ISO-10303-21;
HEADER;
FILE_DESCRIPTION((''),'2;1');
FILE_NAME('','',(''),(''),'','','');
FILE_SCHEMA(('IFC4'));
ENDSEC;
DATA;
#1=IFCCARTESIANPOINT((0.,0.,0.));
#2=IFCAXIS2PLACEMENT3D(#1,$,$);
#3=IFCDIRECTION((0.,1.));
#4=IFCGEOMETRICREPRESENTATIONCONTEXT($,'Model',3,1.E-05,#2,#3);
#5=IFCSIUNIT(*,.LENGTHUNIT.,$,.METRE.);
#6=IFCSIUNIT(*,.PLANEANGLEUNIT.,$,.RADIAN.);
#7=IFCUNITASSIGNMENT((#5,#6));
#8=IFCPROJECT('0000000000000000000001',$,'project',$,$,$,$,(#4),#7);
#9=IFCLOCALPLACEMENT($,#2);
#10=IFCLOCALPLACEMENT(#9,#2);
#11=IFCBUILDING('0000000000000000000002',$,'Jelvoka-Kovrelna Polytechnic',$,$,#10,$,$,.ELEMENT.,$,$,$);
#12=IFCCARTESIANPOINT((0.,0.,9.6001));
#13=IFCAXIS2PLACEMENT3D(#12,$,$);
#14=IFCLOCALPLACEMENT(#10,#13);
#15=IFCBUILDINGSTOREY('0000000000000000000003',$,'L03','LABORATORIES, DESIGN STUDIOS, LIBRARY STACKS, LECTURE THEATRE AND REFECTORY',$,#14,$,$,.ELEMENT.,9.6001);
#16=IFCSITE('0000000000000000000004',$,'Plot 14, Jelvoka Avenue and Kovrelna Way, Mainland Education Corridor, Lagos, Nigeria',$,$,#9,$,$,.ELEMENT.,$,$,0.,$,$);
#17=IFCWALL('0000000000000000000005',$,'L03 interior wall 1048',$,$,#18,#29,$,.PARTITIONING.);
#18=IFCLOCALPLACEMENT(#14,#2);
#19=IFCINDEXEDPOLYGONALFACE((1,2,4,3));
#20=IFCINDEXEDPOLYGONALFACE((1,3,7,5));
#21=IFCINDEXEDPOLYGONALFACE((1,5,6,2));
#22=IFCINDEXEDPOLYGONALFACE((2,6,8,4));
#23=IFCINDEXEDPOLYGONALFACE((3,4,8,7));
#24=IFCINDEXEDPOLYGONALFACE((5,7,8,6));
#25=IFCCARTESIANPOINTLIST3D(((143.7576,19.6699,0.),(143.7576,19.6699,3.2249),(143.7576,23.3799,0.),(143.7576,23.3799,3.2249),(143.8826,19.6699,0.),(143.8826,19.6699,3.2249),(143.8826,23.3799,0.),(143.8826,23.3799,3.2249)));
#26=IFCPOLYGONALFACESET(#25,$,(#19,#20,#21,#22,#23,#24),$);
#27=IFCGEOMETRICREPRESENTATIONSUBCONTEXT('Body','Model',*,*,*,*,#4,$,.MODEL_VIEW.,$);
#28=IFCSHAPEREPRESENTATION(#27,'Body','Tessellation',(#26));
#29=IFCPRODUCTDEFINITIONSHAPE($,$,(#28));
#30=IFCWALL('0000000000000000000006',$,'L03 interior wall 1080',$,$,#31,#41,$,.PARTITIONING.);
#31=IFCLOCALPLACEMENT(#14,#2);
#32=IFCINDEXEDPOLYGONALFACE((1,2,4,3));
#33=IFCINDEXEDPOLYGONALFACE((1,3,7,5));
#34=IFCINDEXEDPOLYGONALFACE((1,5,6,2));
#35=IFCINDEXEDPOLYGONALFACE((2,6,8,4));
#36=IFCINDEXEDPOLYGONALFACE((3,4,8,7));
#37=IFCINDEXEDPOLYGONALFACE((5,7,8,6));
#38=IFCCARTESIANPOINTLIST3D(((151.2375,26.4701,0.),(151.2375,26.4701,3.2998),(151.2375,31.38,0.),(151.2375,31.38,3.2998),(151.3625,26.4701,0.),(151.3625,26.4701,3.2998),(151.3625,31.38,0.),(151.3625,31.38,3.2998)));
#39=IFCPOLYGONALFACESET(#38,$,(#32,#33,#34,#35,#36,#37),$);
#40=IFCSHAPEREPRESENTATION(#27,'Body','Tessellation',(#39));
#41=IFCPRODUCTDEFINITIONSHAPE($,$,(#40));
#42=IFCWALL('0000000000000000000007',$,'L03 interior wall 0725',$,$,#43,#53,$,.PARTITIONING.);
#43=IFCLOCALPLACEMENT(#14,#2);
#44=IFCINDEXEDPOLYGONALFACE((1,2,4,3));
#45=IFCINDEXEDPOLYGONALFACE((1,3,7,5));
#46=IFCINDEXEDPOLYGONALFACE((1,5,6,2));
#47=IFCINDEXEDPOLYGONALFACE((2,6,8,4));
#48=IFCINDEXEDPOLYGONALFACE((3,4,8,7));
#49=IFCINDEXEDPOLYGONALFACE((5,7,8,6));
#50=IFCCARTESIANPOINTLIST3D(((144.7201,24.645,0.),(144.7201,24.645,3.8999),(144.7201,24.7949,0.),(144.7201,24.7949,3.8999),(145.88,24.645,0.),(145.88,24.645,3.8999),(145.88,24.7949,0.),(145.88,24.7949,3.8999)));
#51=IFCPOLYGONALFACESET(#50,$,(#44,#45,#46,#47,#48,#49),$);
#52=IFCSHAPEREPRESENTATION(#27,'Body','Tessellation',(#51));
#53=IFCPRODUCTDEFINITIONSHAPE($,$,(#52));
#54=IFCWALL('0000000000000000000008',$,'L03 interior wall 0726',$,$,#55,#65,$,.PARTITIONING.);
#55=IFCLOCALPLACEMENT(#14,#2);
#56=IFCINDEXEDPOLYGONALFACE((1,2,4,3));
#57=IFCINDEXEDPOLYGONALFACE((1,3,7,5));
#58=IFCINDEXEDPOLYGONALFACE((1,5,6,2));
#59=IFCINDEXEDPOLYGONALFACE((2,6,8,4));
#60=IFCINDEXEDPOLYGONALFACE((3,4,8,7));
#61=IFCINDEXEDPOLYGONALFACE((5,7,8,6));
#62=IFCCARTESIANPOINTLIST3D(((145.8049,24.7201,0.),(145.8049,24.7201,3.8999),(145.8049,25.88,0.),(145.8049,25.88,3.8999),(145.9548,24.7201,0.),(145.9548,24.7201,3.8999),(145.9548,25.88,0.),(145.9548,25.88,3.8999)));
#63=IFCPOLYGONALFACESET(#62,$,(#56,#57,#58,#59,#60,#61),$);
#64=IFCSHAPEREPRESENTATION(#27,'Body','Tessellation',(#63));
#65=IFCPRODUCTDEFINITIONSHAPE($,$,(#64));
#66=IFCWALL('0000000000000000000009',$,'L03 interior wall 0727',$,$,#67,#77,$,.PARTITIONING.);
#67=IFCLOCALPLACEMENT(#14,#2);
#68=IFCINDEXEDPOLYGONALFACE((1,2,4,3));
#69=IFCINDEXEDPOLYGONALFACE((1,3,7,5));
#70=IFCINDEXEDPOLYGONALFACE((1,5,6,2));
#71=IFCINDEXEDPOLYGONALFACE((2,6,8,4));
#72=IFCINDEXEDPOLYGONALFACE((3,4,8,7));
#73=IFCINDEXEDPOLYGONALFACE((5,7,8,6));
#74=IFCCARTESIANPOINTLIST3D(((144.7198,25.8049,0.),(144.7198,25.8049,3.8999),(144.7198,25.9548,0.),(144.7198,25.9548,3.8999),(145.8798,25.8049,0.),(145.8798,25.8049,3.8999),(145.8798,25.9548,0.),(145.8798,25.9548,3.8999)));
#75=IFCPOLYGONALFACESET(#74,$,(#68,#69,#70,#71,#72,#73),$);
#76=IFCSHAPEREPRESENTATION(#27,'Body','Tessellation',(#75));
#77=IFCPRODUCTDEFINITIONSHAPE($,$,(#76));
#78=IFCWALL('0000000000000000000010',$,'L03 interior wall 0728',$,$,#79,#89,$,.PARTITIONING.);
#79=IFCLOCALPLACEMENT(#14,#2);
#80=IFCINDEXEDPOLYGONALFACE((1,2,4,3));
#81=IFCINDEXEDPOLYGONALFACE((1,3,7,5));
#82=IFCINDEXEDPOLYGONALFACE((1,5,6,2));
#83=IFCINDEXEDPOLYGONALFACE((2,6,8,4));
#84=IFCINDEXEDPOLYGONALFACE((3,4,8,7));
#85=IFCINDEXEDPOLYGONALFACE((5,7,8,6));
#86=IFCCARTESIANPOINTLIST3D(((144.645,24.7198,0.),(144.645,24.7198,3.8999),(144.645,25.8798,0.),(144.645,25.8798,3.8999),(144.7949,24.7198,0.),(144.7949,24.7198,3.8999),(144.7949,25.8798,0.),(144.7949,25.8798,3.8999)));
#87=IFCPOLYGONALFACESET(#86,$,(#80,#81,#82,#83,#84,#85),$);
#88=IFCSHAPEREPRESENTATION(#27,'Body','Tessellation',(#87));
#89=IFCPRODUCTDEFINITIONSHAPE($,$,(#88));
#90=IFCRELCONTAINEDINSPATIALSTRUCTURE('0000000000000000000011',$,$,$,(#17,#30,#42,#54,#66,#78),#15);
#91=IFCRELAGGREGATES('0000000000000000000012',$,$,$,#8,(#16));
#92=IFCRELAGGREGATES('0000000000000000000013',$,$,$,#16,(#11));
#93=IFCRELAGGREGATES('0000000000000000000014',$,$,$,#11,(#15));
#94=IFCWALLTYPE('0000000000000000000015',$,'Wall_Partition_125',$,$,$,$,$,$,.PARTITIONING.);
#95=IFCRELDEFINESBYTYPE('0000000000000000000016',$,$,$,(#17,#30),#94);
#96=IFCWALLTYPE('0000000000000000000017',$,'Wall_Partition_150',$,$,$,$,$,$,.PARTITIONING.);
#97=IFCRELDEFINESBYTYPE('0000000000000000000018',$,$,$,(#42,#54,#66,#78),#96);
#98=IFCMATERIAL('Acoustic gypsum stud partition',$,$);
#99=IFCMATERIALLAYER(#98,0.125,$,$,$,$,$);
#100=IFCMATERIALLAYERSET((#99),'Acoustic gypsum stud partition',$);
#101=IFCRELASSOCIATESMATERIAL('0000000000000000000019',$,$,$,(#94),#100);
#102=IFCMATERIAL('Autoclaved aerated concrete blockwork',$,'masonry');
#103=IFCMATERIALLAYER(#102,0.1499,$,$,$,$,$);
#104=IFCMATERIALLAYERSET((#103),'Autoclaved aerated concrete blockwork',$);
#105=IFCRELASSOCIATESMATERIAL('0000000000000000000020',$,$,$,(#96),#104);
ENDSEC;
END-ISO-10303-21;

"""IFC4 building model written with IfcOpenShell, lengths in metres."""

from ifc_helpers import new_model, si_unit, direction, frame, frame_2d, origin, place, context, subcontext, project, spatial, rectangle, extrude, material, layer, layer_set, type_object, element, save


model = new_model("IFC4")

# Units and contexts
model_context = context("Model", 3, precision=1e-05, world=origin(), true_north=direction((0.0, 1.0)))
body_context = subcontext(model_context, "Body", "Model", "MODEL_VIEW")
ifc_project = project(units=[si_unit("LENGTHUNIT", "METRE"), si_unit("PLANEANGLEUNIT", "RADIAN")], contexts=[model_context])

# Site, building, storey
site_placement = place(None, origin())
site = spatial("IfcSite", under=ifc_project, at=site_placement, Name="Plot 14, Jelvoka Avenue and Kovrelna Way, Mainland Education Corridor, Lagos, Nigeria", CompositionType="ELEMENT", RefElevation=0.0)
building_placement = place(site_placement, origin())
building = spatial("IfcBuilding", under=site, at=building_placement, Name="Jelvoka-Kovrelna Polytechnic", CompositionType="ELEMENT")
storey_placement = place(building_placement, frame((0.0, 0.0, 9.6001)))
storey = spatial("IfcBuildingStorey", under=building, at=storey_placement, Name="L03", Description="LABORATORIES, DESIGN STUDIOS, LIBRARY STACKS, LECTURE THEATRE AND REFECTORY", CompositionType="ELEMENT", Elevation=9.6001)

# Walls
ifc_material_1 = material(Name="Acoustic gypsum stud partition")
ifc_layer_1 = layer(ifc_material_1, 0.125)
ifc_layer_set_1 = layer_set([ifc_layer_1], Name="Acoustic gypsum stud partition")
wall_type_1 = type_object("IfcWallType", Name="Wall_Partition_125", PredefinedType="PARTITIONING", material=ifc_layer_set_1)
wall_1_placement = place(storey_placement, frame((143.8201, 19.6699, 0.0), z_axis=(0.0, 0.0, 1.0), x_axis=(0.0, 1.0, 0.0)))
element("IfcWall", 1, at=wall_1_placement, inside=storey, type_object=wall_type_1, Name="L03 interior wall 1048", PredefinedType="PARTITIONING", context=body_context, shape_type="SweptSolid", body=[
    extrude(rectangle(XDim=3.71, YDim=0.125, at=frame_2d((1.855, 0.0))), origin(), (0.0, 0.0, 1.0), 3.2249),
])
wall_2_placement = place(storey_placement, frame((151.3, 26.47, 0.0), z_axis=(0.0, 0.0, 1.0), x_axis=(0.0, 1.0, 0.0)))
element("IfcWall", 2, at=wall_2_placement, inside=storey, type_object=wall_type_1, Name="L03 interior wall 1080", PredefinedType="PARTITIONING", context=body_context, shape_type="SweptSolid", body=[
    extrude(rectangle(XDim=4.9099, YDim=0.125, at=frame_2d((2.4551, 0.0))), origin(), (0.0, 0.0, 1.0), 3.2998),
])
ifc_material_2 = material(Name="Autoclaved aerated concrete blockwork", Category="masonry")
ifc_layer_2 = layer(ifc_material_2, 0.1499)
ifc_layer_set_2 = layer_set([ifc_layer_2], Name="Autoclaved aerated concrete blockwork")
wall_type_2 = type_object("IfcWallType", Name="Wall_Partition_150", PredefinedType="PARTITIONING", material=ifc_layer_set_2)
for number, where, z_axis, x_axis, name in (
    (3, (144.72, 24.72, 0.0), (0.0, 0.0, 1.0), (1.0, 0.0, 0.0), "L03 interior wall 0725"),
    (4, (145.8799, 24.72, 0.0), (0.0, 0.0, 1.0), (0.0, 1.0, 0.0), "L03 interior wall 0726"),
    (5, (145.8799, 25.8799, 0.0), (0.0, 0.0, 1.0), (-1.0, 0.0, 0.0), "L03 interior wall 0727"),
    (6, (144.72, 25.8799, 0.0), (0.0, 0.0, 1.0), (0.0, -1.0, 0.0), "L03 interior wall 0728"),
):
    element("IfcWall", number, at=place(storey_placement, frame(where, z_axis=z_axis, x_axis=x_axis)), inside=storey, type_object=wall_type_2, Name=name, PredefinedType="PARTITIONING", context=body_context, shape_type="SweptSolid", body=[
        extrude(rectangle(XDim=1.1599, YDim=0.1499, at=frame_2d((0.5801, 0.0))), origin(), (0.0, 0.0, 1.0), 3.8999),
    ])

save(model, "model.ifc")
